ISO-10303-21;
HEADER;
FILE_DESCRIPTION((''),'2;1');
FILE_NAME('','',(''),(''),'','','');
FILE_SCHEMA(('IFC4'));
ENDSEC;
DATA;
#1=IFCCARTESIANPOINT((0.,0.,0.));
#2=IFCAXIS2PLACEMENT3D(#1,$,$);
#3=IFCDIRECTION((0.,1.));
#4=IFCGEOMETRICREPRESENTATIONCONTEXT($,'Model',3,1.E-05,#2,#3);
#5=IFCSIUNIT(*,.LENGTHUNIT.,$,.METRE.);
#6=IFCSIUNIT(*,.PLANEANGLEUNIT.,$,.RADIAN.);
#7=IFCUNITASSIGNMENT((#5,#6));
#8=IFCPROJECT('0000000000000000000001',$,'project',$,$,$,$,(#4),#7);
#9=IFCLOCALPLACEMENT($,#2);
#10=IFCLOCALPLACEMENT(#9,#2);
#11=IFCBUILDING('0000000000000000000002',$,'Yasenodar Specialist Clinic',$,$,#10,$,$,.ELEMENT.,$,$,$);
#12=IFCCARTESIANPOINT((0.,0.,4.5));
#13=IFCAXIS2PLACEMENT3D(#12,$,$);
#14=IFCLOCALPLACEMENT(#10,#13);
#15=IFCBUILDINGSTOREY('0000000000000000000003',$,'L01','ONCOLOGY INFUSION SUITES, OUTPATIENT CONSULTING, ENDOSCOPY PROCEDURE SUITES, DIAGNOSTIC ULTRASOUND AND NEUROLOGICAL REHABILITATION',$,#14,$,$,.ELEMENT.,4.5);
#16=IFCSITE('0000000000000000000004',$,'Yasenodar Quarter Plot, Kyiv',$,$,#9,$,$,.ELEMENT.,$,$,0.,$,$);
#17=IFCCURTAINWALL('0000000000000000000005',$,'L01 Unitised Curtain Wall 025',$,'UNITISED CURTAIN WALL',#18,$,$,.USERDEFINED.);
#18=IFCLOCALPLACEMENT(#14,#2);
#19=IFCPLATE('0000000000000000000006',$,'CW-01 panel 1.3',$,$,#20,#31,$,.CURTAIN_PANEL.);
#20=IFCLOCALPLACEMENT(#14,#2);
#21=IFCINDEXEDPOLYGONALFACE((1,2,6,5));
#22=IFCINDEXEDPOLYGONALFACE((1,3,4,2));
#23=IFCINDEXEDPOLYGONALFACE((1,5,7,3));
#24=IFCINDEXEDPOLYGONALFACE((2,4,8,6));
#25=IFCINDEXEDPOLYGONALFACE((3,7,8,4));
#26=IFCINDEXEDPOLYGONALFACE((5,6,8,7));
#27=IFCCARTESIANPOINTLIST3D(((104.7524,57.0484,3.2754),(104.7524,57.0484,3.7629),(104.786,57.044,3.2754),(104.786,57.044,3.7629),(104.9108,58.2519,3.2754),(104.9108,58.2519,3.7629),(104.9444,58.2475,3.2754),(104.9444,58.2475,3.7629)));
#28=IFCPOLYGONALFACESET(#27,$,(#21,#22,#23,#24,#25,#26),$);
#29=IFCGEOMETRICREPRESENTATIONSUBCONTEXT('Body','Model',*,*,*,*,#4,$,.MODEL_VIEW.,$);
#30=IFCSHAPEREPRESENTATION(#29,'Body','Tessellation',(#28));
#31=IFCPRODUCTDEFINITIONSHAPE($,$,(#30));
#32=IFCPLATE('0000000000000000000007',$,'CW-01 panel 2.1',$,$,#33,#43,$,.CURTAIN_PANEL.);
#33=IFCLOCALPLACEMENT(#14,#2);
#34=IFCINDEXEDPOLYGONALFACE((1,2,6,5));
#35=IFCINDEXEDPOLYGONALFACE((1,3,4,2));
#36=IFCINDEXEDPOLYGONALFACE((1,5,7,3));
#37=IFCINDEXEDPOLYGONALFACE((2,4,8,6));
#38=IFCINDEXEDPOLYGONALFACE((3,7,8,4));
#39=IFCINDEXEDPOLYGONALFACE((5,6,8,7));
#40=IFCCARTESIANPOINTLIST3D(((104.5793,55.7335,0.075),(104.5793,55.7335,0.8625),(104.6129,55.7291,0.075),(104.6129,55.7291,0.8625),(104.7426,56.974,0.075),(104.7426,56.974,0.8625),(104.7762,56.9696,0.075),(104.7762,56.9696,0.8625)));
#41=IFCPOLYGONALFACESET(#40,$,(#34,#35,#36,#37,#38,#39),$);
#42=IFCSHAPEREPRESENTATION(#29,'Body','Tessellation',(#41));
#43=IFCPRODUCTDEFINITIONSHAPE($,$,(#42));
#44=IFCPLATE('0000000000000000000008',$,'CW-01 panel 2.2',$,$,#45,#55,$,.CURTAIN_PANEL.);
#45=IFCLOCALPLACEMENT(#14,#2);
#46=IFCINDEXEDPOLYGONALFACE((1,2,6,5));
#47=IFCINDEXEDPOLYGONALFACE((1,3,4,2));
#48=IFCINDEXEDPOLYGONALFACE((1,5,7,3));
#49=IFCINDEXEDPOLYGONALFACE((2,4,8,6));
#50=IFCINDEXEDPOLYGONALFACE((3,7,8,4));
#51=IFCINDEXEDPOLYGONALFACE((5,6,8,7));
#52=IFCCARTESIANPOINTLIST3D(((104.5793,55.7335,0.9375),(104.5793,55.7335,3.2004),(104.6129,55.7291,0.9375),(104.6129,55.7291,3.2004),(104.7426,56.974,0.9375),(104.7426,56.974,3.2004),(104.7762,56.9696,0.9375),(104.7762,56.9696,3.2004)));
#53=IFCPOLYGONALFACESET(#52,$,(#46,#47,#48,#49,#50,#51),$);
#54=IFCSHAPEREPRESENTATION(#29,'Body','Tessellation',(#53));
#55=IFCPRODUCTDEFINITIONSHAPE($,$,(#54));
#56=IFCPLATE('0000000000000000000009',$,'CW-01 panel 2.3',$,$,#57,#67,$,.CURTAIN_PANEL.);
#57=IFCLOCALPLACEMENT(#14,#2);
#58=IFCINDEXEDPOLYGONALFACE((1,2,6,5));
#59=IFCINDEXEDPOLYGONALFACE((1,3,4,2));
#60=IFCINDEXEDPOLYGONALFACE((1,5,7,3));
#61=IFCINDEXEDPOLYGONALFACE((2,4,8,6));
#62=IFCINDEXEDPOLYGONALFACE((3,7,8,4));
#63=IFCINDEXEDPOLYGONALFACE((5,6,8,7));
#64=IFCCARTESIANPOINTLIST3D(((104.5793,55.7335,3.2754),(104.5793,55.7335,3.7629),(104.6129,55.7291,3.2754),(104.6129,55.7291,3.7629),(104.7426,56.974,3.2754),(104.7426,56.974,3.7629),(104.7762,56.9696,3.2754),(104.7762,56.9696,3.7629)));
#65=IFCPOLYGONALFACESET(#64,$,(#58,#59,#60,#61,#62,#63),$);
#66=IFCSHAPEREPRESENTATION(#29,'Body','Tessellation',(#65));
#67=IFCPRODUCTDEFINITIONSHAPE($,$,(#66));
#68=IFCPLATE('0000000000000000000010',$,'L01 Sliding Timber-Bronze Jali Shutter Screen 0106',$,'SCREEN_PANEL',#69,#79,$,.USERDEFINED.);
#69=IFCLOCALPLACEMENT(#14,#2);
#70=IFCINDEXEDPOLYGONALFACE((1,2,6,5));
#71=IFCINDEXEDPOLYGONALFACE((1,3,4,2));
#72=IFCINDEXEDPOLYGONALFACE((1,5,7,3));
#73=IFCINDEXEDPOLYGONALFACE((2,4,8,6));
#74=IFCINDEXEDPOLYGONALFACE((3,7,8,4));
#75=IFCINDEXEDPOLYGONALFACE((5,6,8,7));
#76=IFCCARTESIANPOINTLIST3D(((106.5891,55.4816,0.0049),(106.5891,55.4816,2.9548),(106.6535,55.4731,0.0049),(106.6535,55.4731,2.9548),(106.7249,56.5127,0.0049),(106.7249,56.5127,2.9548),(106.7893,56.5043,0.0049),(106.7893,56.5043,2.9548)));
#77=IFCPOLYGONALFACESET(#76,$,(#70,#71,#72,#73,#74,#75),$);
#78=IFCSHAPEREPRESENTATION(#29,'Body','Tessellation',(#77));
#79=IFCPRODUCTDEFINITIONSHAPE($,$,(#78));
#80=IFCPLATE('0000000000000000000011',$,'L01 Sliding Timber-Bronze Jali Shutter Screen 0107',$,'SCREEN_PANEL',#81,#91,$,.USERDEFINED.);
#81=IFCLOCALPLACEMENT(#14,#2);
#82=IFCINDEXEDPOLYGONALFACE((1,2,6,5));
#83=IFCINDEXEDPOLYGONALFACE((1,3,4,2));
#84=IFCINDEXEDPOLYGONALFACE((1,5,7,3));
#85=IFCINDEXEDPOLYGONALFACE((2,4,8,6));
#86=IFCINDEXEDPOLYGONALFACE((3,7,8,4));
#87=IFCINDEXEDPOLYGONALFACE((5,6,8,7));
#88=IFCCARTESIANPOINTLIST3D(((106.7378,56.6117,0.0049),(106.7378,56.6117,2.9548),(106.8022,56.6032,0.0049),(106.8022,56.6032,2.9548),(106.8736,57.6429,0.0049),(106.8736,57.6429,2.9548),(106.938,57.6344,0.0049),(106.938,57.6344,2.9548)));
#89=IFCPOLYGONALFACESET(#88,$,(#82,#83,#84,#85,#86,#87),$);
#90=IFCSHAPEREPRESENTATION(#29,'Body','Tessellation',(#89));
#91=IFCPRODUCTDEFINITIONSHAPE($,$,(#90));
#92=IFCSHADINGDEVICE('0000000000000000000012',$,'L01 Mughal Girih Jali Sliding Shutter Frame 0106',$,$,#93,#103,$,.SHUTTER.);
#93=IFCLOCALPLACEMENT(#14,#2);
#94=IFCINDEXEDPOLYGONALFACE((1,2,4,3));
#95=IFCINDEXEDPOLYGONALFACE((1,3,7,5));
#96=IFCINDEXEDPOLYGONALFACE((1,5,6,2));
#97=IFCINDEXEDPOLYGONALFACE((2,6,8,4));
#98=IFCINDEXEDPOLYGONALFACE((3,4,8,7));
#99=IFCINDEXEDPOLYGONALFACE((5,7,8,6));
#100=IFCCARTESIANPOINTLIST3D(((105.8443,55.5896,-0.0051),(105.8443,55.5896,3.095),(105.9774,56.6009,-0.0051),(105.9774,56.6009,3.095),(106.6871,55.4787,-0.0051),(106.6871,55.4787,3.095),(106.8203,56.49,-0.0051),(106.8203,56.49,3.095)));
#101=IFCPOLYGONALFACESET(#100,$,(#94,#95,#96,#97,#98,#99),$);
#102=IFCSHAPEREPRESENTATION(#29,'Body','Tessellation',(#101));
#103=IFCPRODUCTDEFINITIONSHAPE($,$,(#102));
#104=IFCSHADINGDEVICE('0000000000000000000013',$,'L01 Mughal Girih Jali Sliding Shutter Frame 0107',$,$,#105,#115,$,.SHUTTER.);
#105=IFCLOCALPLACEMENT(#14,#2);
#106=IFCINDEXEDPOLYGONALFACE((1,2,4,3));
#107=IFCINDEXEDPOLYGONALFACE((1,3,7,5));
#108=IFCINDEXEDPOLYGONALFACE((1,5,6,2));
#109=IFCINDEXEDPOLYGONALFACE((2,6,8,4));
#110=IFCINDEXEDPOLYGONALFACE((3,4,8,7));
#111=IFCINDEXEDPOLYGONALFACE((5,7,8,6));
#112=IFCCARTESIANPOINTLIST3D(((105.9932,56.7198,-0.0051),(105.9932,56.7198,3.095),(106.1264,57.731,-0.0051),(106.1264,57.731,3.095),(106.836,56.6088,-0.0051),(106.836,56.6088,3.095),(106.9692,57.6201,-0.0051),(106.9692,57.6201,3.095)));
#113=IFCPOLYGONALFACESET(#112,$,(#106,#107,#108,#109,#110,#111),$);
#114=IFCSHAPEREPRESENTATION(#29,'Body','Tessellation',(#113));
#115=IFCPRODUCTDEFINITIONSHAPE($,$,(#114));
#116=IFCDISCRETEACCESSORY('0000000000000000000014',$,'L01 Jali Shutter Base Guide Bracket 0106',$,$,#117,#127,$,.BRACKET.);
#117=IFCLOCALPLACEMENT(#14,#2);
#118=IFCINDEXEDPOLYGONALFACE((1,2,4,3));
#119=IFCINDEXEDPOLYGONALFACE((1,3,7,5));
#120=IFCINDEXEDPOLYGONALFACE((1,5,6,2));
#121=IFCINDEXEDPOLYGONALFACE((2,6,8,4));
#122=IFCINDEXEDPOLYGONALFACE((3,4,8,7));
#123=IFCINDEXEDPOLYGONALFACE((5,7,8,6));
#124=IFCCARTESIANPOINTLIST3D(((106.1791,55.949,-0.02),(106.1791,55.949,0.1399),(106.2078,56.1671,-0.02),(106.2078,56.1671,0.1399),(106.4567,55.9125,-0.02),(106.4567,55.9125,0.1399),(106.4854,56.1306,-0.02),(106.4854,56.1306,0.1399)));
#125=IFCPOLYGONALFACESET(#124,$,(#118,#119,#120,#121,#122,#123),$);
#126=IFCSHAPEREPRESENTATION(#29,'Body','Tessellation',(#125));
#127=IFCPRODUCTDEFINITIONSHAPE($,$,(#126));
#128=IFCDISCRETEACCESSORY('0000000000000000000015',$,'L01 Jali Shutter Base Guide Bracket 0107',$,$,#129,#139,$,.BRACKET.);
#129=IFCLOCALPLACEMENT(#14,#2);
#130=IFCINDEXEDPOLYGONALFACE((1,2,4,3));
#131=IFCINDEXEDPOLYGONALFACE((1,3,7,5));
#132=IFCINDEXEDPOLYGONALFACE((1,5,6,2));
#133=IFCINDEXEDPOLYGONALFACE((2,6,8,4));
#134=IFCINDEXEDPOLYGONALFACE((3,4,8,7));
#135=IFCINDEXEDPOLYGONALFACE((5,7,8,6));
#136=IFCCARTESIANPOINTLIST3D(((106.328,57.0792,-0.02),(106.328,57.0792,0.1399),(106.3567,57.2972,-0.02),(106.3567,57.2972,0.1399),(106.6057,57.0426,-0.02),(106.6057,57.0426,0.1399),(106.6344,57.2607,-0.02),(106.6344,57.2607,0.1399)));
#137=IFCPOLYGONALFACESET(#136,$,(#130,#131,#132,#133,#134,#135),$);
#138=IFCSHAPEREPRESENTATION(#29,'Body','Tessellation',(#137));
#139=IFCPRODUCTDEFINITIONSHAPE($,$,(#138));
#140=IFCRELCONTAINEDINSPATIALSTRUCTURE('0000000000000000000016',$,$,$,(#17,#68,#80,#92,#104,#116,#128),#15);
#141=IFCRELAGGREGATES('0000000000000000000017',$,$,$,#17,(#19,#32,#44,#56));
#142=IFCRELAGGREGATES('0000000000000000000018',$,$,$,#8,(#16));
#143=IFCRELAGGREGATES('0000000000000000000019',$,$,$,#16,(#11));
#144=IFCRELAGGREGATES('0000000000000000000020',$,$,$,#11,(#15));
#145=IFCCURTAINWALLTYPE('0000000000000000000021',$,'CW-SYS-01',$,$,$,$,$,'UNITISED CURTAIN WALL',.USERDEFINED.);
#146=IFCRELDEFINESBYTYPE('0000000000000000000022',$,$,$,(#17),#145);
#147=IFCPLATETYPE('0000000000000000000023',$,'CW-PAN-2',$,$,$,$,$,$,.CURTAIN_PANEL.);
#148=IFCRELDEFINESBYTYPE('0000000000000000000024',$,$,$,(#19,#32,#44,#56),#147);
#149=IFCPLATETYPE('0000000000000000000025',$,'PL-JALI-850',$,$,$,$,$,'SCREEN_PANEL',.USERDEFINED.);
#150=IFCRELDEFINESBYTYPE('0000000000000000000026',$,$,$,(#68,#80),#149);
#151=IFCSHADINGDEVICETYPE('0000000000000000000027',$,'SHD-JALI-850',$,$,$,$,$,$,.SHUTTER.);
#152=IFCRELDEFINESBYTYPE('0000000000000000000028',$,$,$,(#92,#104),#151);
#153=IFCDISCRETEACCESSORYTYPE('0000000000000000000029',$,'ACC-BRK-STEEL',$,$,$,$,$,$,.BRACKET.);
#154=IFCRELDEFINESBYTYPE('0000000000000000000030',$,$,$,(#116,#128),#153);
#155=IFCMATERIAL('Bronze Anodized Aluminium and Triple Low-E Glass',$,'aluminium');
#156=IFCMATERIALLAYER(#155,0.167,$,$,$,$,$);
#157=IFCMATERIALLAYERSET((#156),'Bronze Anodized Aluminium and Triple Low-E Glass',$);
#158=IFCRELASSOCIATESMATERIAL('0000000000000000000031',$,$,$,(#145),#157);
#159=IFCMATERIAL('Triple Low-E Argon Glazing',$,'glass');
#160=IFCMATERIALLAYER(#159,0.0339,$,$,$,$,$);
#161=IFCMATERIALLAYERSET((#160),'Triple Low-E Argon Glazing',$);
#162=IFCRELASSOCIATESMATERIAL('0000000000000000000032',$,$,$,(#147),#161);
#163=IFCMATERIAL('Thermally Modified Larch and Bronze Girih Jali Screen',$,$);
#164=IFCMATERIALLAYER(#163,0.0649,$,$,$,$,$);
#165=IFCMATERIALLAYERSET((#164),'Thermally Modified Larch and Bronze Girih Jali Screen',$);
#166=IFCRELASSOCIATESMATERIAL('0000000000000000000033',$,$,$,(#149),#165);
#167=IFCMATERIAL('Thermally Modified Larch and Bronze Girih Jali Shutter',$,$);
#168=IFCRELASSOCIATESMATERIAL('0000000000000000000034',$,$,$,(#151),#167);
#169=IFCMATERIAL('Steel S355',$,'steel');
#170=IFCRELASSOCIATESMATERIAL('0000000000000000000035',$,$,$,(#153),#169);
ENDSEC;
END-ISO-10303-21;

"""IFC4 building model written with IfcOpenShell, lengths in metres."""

from ifc_helpers import new_model, si_unit, direction, frame, origin, origin_2d, place, context, subcontext, project, spatial, rectangle, extrude, material, layer, layer_set, type_object, element, aggregate, save


model = new_model("IFC4")

# Units and contexts
model_context = context("Model", 3, precision=1e-05, world=origin(), true_north=direction((0.0, 1.0)))
body_context = subcontext(model_context, "Body", "Model", "MODEL_VIEW")
ifc_project = project(units=[si_unit("LENGTHUNIT", "METRE"), si_unit("PLANEANGLEUNIT", "RADIAN")], contexts=[model_context])

# Site, building, storey
site_placement = place(None, origin())
site = spatial("IfcSite", under=ifc_project, at=site_placement, Name="Yasenodar Quarter Plot, Kyiv", CompositionType="ELEMENT", RefElevation=0.0)
building_placement = place(site_placement, origin())
building = spatial("IfcBuilding", under=site, at=building_placement, Name="Yasenodar Specialist Clinic", CompositionType="ELEMENT")
storey_placement = place(building_placement, frame((0.0, 0.0, 4.5)))
storey = spatial("IfcBuildingStorey", under=building, at=storey_placement, Name="L01", Description="ONCOLOGY INFUSION SUITES, OUTPATIENT CONSULTING, ENDOSCOPY PROCEDURE SUITES, DIAGNOSTIC ULTRASOUND AND NEUROLOGICAL REHABILITATION", CompositionType="ELEMENT", Elevation=4.5)

# Curtain wall, plates
ifc_material_1 = material(Name="Bronze Anodized Aluminium and Triple Low-E Glass", Category="aluminium")
ifc_layer_1 = layer(ifc_material_1, 0.167)
ifc_layer_set_1 = layer_set([ifc_layer_1], Name="Bronze Anodized Aluminium and Triple Low-E Glass")
curtain_wall_type = type_object("IfcCurtainWallType", Name="CW-SYS-01", ElementType="UNITISED CURTAIN WALL", PredefinedType="USERDEFINED", material=ifc_layer_set_1)
curtain_wall_placement = place(storey_placement, origin())
curtain_wall = element("IfcCurtainWall", 1, at=curtain_wall_placement, inside=storey, type_object=curtain_wall_type, Name="L01 Unitised Curtain Wall 025", ObjectType="UNITISED CURTAIN WALL", PredefinedType="USERDEFINED")
ifc_material_2 = material(Name="Triple Low-E Argon Glazing", Category="glass")
ifc_layer_2 = layer(ifc_material_2, 0.0339)
ifc_layer_set_2 = layer_set([ifc_layer_2], Name="Triple Low-E Argon Glazing")
plate_type_1 = type_object("IfcPlateType", Name="CW-PAN-2", PredefinedType="CURTAIN_PANEL", material=ifc_layer_set_2)
plate_1_placement = place(storey_placement, frame((104.8484, 57.6479, 3.2754), z_axis=(0.0, 0.0, 1.0), x_axis=(-0.130512, -0.991447, 0.0)))
plate_1 = element("IfcPlate", 2, at=plate_1_placement, type_object=plate_type_1, Name="CW-01 panel 1.3", PredefinedType="CURTAIN_PANEL", context=body_context, shape_type="SweptSolid", body=[
    extrude(rectangle(XDim=1.2139, YDim=0.0339, at=origin_2d()), origin(), (0.0, 0.0, 1.0), 0.4875),
])
plate_2_placement = place(storey_placement, frame((104.6777, 56.3516, 0.075), z_axis=(0.0, 0.0, 1.0), x_axis=(-0.130512, -0.991447, 0.0)))
plate_2 = element("IfcPlate", 3, at=plate_2_placement, type_object=plate_type_1, Name="CW-01 panel 2.1", PredefinedType="CURTAIN_PANEL", context=body_context, shape_type="SweptSolid", body=[
    extrude(rectangle(XDim=1.2512, YDim=0.0339, at=origin_2d()), origin(), (0.0, 0.0, 1.0), 0.7876),
])
plate_3_placement = place(storey_placement, frame((104.6777, 56.3516, 0.9375), z_axis=(0.0, 0.0, 1.0), x_axis=(-0.130512, -0.991447, 0.0)))
plate_3 = element("IfcPlate", 4, at=plate_3_placement, type_object=plate_type_1, Name="CW-01 panel 2.2", PredefinedType="CURTAIN_PANEL", context=body_context, shape_type="SweptSolid", body=[
    extrude(rectangle(XDim=1.2512, YDim=0.0339, at=origin_2d()), origin(), (0.0, 0.0, 1.0), 2.2629),
])
plate_4_placement = place(storey_placement, frame((104.6777, 56.3516, 3.2754), z_axis=(0.0, 0.0, 1.0), x_axis=(-0.130512, -0.991447, 0.0)))
plate_4 = element("IfcPlate", 5, at=plate_4_placement, type_object=plate_type_1, Name="CW-01 panel 2.3", PredefinedType="CURTAIN_PANEL", context=body_context, shape_type="SweptSolid", body=[
    extrude(rectangle(XDim=1.2512, YDim=0.0339, at=origin_2d()), origin(), (0.0, 0.0, 1.0), 0.4875),
])
aggregate(curtain_wall, [plate_1, plate_2, plate_3, plate_4])

# Plates
ifc_material_3 = material(Name="Thermally Modified Larch and Bronze Girih Jali Screen")
ifc_layer_3 = layer(ifc_material_3, 0.0649)
ifc_layer_set_3 = layer_set([ifc_layer_3], Name="Thermally Modified Larch and Bronze Girih Jali Screen")
plate_type_2 = type_object("IfcPlateType", Name="PL-JALI-850", ElementType="SCREEN_PANEL", PredefinedType="USERDEFINED", material=ifc_layer_set_3)
for number, where, z_axis, x_axis, name in (
    (6, (106.6892, 55.9929, 0.0049), (0.0, 0.0, 1.0), (0.130519, 0.991446, 0.0), "L01 Sliding Timber-Bronze Jali Shutter Screen 0106"),
    (7, (106.8379, 57.123, 0.0049), (0.0, 0.0, 1.0), (0.130519, 0.991446, 0.0), "L01 Sliding Timber-Bronze Jali Shutter Screen 0107"),
):
    element("IfcPlate", number, at=place(storey_placement, frame(where, z_axis=z_axis, x_axis=x_axis)), inside=storey, type_object=plate_type_2, Name=name, ObjectType="SCREEN_PANEL", PredefinedType="USERDEFINED", context=body_context, shape_type="SweptSolid", body=[
        extrude(rectangle(XDim=1.04, YDim=0.0649, at=origin_2d()), origin(), (0.0, 0.0, 1.0), 2.95),
    ])

# Shading devices
ifc_material_4 = material(Name="Thermally Modified Larch and Bronze Girih Jali Shutter")
shading_device_type = type_object("IfcShadingDeviceType", Name="SHD-JALI-850", PredefinedType="SHUTTER", material=ifc_material_4)
for number, where, z_axis, x_axis, name in (
    (8, (106.3323, 56.0398, -0.0051), (0.0, 0.0, 1.0), (0.130519, 0.991446, 0.0), "L01 Mughal Girih Jali Sliding Shutter Frame 0106"),
    (9, (106.4812, 57.1699, -0.0051), (0.0, 0.0, 1.0), (0.130519, 0.991446, 0.0), "L01 Mughal Girih Jali Sliding Shutter Frame 0107"),
):
    element("IfcShadingDevice", number, at=place(storey_placement, frame(where, z_axis=z_axis, x_axis=x_axis)), inside=storey, type_object=shading_device_type, Name=name, PredefinedType="SHUTTER", context=body_context, shape_type="SweptSolid", body=[
        extrude(rectangle(XDim=1.02, YDim=0.8501, at=origin_2d()), origin(), (0.0, 0.0, 1.0), 3.1001),
    ])

# Discrete accessories
ifc_material_5 = material(Name="Steel S355", Category="steel")
discrete_accessory_type = type_object("IfcDiscreteAccessoryType", Name="ACC-BRK-STEEL", PredefinedType="BRACKET", material=ifc_material_5)
for number, where, z_axis, x_axis, name in (
    (10, (106.3323, 56.0398, -0.02), (0.0, 0.0, 1.0), (0.130519, 0.991446, 0.0), "L01 Jali Shutter Base Guide Bracket 0106"),
    (11, (106.4812, 57.1699, -0.02), (0.0, 0.0, 1.0), (0.130519, 0.991446, 0.0), "L01 Jali Shutter Base Guide Bracket 0107"),
):
    element("IfcDiscreteAccessory", number, at=place(storey_placement, frame(where, z_axis=z_axis, x_axis=x_axis)), inside=storey, type_object=discrete_accessory_type, Name=name, PredefinedType="BRACKET", context=body_context, shape_type="SweptSolid", body=[
        extrude(rectangle(XDim=0.22, YDim=0.28, at=origin_2d()), origin(), (0.0, 0.0, 1.0), 0.1599),
    ])

save(model, "model.ifc")
